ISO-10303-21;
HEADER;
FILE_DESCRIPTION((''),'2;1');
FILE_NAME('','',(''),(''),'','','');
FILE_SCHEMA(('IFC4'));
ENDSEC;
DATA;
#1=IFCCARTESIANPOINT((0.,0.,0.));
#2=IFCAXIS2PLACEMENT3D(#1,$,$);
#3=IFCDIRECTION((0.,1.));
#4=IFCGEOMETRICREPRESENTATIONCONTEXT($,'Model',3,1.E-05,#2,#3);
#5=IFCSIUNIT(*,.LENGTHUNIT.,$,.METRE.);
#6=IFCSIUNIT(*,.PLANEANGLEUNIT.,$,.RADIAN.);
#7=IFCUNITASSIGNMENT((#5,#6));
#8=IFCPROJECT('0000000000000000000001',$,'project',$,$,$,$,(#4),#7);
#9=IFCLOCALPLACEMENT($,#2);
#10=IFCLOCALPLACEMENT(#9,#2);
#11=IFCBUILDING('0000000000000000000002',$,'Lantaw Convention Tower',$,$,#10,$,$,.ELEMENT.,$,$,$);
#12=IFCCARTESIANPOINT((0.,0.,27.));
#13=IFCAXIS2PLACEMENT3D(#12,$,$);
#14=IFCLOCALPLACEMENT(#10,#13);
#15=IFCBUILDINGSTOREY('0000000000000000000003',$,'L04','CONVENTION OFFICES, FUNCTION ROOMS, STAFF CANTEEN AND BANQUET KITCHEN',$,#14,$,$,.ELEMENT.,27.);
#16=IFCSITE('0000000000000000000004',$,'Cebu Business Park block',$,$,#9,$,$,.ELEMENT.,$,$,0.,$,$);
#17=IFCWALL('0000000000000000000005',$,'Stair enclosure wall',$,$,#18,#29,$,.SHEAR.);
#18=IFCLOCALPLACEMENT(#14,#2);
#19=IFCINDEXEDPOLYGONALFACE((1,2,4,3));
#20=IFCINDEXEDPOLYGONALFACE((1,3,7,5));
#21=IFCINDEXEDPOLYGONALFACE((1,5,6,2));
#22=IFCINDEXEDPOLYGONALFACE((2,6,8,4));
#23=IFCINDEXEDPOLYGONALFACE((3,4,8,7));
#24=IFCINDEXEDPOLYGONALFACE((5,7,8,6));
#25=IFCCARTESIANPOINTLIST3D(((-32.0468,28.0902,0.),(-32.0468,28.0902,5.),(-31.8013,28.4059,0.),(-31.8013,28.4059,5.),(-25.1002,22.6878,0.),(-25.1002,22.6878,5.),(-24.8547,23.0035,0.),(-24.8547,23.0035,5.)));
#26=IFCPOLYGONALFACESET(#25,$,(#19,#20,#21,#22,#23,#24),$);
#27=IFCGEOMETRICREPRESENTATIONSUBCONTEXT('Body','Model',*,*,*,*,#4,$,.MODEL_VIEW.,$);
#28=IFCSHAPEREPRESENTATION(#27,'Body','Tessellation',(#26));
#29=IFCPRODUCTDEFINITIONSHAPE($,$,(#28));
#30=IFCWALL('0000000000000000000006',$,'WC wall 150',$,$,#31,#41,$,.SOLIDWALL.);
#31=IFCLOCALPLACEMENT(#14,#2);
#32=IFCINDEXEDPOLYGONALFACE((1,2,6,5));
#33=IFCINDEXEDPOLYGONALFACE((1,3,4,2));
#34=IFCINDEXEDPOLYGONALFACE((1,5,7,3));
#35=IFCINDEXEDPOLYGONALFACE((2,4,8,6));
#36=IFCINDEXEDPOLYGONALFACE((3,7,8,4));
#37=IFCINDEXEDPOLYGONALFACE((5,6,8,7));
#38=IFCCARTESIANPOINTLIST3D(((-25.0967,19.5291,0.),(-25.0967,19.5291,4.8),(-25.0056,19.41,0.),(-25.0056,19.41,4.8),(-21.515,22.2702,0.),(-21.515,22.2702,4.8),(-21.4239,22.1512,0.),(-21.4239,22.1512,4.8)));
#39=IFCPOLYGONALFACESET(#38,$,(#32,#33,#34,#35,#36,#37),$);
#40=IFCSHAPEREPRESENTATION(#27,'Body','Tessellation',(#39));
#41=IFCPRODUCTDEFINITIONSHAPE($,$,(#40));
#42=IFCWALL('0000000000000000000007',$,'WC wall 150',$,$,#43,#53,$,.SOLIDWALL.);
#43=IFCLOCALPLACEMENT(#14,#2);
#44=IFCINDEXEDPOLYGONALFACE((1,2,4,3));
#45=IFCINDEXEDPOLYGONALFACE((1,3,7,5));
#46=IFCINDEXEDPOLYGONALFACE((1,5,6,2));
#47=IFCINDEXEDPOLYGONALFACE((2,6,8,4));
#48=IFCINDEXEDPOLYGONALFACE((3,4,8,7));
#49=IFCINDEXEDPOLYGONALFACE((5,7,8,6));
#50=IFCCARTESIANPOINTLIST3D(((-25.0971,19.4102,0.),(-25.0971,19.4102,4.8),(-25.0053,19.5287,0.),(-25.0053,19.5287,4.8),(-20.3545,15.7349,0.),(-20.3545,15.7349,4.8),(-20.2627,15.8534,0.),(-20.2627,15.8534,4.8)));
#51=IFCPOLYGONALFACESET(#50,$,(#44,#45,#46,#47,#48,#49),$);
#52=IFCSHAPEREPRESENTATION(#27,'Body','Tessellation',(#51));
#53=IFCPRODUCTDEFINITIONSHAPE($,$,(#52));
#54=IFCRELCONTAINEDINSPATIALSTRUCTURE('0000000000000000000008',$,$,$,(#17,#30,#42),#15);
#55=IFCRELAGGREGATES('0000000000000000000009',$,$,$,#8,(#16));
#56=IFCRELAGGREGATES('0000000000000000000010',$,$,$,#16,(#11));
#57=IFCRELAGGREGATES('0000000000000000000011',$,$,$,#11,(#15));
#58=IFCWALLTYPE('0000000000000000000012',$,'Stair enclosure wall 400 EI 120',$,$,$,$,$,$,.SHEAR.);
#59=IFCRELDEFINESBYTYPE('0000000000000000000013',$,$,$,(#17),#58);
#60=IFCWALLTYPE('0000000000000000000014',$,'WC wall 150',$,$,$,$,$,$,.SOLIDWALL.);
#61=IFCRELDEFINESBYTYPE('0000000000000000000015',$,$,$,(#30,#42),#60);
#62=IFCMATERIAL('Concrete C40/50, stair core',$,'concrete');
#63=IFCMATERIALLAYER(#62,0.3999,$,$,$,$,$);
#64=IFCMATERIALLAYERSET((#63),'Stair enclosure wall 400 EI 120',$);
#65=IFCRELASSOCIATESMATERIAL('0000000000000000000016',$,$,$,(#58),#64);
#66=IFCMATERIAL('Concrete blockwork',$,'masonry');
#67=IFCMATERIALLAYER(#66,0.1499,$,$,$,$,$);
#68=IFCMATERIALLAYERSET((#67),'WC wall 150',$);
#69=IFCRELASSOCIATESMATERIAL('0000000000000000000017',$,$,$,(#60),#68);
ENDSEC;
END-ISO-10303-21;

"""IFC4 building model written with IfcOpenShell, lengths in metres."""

from ifc_helpers import new_model, si_unit, direction, frame, frame_2d, origin, place, context, subcontext, project, spatial, rectangle, extrude, material, layer, layer_set, type_object, element, save


model = new_model("IFC4")

# Units and contexts
model_context = context("Model", 3, precision=1e-05, world=origin(), true_north=direction((0.0, 1.0)))
body_context = subcontext(model_context, "Body", "Model", "MODEL_VIEW")
ifc_project = project(units=[si_unit("LENGTHUNIT", "METRE"), si_unit("PLANEANGLEUNIT", "RADIAN")], contexts=[model_context])

# Site, building, storey
site_placement = place(None, origin())
site = spatial("IfcSite", under=ifc_project, at=site_placement, Name="Cebu Business Park block", CompositionType="ELEMENT", RefElevation=0.0)
building_placement = place(site_placement, origin())
building = spatial("IfcBuilding", under=site, at=building_placement, Name="Lantaw Convention Tower", CompositionType="ELEMENT")
storey_placement = place(building_placement, frame((0.0, 0.0, 27.0)))
storey = spatial("IfcBuildingStorey", under=building, at=storey_placement, Name="L04", Description="CONVENTION OFFICES, FUNCTION ROOMS, STAFF CANTEEN AND BANQUET KITCHEN", CompositionType="ELEMENT", Elevation=27.0)

# Shared definitions
ifc_material_1 = material(Name="Concrete blockwork", Category="masonry")

# Shared definitions
ifc_material_2 = material(Name="Concrete C40/50, stair core", Category="concrete")
ifc_layer_1 = layer(ifc_material_2, 0.3999)
ifc_layer_set_1 = layer_set([ifc_layer_1], Name="Stair enclosure wall 400 EI 120")
wall_type_1 = type_object("IfcWallType", Name="Stair enclosure wall 400 EI 120", PredefinedType="SHEAR", material=ifc_layer_set_1)

# Walls
wall_1_placement = place(storey_placement, frame((-24.9775, 22.8457, 0.0), z_axis=(0.0, 0.0, 1.0), x_axis=(-0.789381, 0.613904, 0.0)))
element("IfcWall", 1, at=wall_1_placement, inside=storey, type_object=wall_type_1, Name="Stair enclosure wall", PredefinedType="SHEAR", context=body_context, shape_type="SweptSolid", body=[
    extrude(rectangle(XDim=8.8, YDim=0.3999, at=frame_2d((4.3999, 0.0))), origin(), (0.0, 0.0, 1.0), 5.0),
])
ifc_layer_2 = layer(ifc_material_1, 0.1499)
ifc_layer_set_2 = layer_set([ifc_layer_2], Name="WC wall 150")
wall_type_2 = type_object("IfcWallType", Name="WC wall 150", PredefinedType="SOLIDWALL", material=ifc_layer_set_2)
wall_2_placement = place(storey_placement, frame((-21.4695, 22.2107, 0.0), z_axis=(0.0, 0.0, 1.0), x_axis=(-0.794123, -0.607757, 0.0)))
element("IfcWall", 2, at=wall_2_placement, inside=storey, type_object=wall_type_2, Name="WC wall 150", PredefinedType="SOLIDWALL", context=body_context, shape_type="SweptSolid", body=[
    extrude(rectangle(XDim=4.5103, YDim=0.1499, at=frame_2d((2.2551, 0.0))), origin(), (0.0, 0.0, 1.0), 4.8),
])
wall_3_placement = place(storey_placement, frame((-20.3086, 15.7942, 0.0), z_axis=(0.0, 0.0, 1.0), x_axis=(-0.790438, 0.612542, 0.0)))
element("IfcWall", 3, at=wall_3_placement, inside=storey, type_object=wall_type_2, Name="WC wall 150", PredefinedType="SOLIDWALL", context=body_context, shape_type="SweptSolid", body=[
    extrude(rectangle(XDim=6.0, YDim=0.1499, at=frame_2d((3.0, 0.0))), origin(), (0.0, 0.0, 1.0), 4.8),
])

save(model, "model.ifc")
